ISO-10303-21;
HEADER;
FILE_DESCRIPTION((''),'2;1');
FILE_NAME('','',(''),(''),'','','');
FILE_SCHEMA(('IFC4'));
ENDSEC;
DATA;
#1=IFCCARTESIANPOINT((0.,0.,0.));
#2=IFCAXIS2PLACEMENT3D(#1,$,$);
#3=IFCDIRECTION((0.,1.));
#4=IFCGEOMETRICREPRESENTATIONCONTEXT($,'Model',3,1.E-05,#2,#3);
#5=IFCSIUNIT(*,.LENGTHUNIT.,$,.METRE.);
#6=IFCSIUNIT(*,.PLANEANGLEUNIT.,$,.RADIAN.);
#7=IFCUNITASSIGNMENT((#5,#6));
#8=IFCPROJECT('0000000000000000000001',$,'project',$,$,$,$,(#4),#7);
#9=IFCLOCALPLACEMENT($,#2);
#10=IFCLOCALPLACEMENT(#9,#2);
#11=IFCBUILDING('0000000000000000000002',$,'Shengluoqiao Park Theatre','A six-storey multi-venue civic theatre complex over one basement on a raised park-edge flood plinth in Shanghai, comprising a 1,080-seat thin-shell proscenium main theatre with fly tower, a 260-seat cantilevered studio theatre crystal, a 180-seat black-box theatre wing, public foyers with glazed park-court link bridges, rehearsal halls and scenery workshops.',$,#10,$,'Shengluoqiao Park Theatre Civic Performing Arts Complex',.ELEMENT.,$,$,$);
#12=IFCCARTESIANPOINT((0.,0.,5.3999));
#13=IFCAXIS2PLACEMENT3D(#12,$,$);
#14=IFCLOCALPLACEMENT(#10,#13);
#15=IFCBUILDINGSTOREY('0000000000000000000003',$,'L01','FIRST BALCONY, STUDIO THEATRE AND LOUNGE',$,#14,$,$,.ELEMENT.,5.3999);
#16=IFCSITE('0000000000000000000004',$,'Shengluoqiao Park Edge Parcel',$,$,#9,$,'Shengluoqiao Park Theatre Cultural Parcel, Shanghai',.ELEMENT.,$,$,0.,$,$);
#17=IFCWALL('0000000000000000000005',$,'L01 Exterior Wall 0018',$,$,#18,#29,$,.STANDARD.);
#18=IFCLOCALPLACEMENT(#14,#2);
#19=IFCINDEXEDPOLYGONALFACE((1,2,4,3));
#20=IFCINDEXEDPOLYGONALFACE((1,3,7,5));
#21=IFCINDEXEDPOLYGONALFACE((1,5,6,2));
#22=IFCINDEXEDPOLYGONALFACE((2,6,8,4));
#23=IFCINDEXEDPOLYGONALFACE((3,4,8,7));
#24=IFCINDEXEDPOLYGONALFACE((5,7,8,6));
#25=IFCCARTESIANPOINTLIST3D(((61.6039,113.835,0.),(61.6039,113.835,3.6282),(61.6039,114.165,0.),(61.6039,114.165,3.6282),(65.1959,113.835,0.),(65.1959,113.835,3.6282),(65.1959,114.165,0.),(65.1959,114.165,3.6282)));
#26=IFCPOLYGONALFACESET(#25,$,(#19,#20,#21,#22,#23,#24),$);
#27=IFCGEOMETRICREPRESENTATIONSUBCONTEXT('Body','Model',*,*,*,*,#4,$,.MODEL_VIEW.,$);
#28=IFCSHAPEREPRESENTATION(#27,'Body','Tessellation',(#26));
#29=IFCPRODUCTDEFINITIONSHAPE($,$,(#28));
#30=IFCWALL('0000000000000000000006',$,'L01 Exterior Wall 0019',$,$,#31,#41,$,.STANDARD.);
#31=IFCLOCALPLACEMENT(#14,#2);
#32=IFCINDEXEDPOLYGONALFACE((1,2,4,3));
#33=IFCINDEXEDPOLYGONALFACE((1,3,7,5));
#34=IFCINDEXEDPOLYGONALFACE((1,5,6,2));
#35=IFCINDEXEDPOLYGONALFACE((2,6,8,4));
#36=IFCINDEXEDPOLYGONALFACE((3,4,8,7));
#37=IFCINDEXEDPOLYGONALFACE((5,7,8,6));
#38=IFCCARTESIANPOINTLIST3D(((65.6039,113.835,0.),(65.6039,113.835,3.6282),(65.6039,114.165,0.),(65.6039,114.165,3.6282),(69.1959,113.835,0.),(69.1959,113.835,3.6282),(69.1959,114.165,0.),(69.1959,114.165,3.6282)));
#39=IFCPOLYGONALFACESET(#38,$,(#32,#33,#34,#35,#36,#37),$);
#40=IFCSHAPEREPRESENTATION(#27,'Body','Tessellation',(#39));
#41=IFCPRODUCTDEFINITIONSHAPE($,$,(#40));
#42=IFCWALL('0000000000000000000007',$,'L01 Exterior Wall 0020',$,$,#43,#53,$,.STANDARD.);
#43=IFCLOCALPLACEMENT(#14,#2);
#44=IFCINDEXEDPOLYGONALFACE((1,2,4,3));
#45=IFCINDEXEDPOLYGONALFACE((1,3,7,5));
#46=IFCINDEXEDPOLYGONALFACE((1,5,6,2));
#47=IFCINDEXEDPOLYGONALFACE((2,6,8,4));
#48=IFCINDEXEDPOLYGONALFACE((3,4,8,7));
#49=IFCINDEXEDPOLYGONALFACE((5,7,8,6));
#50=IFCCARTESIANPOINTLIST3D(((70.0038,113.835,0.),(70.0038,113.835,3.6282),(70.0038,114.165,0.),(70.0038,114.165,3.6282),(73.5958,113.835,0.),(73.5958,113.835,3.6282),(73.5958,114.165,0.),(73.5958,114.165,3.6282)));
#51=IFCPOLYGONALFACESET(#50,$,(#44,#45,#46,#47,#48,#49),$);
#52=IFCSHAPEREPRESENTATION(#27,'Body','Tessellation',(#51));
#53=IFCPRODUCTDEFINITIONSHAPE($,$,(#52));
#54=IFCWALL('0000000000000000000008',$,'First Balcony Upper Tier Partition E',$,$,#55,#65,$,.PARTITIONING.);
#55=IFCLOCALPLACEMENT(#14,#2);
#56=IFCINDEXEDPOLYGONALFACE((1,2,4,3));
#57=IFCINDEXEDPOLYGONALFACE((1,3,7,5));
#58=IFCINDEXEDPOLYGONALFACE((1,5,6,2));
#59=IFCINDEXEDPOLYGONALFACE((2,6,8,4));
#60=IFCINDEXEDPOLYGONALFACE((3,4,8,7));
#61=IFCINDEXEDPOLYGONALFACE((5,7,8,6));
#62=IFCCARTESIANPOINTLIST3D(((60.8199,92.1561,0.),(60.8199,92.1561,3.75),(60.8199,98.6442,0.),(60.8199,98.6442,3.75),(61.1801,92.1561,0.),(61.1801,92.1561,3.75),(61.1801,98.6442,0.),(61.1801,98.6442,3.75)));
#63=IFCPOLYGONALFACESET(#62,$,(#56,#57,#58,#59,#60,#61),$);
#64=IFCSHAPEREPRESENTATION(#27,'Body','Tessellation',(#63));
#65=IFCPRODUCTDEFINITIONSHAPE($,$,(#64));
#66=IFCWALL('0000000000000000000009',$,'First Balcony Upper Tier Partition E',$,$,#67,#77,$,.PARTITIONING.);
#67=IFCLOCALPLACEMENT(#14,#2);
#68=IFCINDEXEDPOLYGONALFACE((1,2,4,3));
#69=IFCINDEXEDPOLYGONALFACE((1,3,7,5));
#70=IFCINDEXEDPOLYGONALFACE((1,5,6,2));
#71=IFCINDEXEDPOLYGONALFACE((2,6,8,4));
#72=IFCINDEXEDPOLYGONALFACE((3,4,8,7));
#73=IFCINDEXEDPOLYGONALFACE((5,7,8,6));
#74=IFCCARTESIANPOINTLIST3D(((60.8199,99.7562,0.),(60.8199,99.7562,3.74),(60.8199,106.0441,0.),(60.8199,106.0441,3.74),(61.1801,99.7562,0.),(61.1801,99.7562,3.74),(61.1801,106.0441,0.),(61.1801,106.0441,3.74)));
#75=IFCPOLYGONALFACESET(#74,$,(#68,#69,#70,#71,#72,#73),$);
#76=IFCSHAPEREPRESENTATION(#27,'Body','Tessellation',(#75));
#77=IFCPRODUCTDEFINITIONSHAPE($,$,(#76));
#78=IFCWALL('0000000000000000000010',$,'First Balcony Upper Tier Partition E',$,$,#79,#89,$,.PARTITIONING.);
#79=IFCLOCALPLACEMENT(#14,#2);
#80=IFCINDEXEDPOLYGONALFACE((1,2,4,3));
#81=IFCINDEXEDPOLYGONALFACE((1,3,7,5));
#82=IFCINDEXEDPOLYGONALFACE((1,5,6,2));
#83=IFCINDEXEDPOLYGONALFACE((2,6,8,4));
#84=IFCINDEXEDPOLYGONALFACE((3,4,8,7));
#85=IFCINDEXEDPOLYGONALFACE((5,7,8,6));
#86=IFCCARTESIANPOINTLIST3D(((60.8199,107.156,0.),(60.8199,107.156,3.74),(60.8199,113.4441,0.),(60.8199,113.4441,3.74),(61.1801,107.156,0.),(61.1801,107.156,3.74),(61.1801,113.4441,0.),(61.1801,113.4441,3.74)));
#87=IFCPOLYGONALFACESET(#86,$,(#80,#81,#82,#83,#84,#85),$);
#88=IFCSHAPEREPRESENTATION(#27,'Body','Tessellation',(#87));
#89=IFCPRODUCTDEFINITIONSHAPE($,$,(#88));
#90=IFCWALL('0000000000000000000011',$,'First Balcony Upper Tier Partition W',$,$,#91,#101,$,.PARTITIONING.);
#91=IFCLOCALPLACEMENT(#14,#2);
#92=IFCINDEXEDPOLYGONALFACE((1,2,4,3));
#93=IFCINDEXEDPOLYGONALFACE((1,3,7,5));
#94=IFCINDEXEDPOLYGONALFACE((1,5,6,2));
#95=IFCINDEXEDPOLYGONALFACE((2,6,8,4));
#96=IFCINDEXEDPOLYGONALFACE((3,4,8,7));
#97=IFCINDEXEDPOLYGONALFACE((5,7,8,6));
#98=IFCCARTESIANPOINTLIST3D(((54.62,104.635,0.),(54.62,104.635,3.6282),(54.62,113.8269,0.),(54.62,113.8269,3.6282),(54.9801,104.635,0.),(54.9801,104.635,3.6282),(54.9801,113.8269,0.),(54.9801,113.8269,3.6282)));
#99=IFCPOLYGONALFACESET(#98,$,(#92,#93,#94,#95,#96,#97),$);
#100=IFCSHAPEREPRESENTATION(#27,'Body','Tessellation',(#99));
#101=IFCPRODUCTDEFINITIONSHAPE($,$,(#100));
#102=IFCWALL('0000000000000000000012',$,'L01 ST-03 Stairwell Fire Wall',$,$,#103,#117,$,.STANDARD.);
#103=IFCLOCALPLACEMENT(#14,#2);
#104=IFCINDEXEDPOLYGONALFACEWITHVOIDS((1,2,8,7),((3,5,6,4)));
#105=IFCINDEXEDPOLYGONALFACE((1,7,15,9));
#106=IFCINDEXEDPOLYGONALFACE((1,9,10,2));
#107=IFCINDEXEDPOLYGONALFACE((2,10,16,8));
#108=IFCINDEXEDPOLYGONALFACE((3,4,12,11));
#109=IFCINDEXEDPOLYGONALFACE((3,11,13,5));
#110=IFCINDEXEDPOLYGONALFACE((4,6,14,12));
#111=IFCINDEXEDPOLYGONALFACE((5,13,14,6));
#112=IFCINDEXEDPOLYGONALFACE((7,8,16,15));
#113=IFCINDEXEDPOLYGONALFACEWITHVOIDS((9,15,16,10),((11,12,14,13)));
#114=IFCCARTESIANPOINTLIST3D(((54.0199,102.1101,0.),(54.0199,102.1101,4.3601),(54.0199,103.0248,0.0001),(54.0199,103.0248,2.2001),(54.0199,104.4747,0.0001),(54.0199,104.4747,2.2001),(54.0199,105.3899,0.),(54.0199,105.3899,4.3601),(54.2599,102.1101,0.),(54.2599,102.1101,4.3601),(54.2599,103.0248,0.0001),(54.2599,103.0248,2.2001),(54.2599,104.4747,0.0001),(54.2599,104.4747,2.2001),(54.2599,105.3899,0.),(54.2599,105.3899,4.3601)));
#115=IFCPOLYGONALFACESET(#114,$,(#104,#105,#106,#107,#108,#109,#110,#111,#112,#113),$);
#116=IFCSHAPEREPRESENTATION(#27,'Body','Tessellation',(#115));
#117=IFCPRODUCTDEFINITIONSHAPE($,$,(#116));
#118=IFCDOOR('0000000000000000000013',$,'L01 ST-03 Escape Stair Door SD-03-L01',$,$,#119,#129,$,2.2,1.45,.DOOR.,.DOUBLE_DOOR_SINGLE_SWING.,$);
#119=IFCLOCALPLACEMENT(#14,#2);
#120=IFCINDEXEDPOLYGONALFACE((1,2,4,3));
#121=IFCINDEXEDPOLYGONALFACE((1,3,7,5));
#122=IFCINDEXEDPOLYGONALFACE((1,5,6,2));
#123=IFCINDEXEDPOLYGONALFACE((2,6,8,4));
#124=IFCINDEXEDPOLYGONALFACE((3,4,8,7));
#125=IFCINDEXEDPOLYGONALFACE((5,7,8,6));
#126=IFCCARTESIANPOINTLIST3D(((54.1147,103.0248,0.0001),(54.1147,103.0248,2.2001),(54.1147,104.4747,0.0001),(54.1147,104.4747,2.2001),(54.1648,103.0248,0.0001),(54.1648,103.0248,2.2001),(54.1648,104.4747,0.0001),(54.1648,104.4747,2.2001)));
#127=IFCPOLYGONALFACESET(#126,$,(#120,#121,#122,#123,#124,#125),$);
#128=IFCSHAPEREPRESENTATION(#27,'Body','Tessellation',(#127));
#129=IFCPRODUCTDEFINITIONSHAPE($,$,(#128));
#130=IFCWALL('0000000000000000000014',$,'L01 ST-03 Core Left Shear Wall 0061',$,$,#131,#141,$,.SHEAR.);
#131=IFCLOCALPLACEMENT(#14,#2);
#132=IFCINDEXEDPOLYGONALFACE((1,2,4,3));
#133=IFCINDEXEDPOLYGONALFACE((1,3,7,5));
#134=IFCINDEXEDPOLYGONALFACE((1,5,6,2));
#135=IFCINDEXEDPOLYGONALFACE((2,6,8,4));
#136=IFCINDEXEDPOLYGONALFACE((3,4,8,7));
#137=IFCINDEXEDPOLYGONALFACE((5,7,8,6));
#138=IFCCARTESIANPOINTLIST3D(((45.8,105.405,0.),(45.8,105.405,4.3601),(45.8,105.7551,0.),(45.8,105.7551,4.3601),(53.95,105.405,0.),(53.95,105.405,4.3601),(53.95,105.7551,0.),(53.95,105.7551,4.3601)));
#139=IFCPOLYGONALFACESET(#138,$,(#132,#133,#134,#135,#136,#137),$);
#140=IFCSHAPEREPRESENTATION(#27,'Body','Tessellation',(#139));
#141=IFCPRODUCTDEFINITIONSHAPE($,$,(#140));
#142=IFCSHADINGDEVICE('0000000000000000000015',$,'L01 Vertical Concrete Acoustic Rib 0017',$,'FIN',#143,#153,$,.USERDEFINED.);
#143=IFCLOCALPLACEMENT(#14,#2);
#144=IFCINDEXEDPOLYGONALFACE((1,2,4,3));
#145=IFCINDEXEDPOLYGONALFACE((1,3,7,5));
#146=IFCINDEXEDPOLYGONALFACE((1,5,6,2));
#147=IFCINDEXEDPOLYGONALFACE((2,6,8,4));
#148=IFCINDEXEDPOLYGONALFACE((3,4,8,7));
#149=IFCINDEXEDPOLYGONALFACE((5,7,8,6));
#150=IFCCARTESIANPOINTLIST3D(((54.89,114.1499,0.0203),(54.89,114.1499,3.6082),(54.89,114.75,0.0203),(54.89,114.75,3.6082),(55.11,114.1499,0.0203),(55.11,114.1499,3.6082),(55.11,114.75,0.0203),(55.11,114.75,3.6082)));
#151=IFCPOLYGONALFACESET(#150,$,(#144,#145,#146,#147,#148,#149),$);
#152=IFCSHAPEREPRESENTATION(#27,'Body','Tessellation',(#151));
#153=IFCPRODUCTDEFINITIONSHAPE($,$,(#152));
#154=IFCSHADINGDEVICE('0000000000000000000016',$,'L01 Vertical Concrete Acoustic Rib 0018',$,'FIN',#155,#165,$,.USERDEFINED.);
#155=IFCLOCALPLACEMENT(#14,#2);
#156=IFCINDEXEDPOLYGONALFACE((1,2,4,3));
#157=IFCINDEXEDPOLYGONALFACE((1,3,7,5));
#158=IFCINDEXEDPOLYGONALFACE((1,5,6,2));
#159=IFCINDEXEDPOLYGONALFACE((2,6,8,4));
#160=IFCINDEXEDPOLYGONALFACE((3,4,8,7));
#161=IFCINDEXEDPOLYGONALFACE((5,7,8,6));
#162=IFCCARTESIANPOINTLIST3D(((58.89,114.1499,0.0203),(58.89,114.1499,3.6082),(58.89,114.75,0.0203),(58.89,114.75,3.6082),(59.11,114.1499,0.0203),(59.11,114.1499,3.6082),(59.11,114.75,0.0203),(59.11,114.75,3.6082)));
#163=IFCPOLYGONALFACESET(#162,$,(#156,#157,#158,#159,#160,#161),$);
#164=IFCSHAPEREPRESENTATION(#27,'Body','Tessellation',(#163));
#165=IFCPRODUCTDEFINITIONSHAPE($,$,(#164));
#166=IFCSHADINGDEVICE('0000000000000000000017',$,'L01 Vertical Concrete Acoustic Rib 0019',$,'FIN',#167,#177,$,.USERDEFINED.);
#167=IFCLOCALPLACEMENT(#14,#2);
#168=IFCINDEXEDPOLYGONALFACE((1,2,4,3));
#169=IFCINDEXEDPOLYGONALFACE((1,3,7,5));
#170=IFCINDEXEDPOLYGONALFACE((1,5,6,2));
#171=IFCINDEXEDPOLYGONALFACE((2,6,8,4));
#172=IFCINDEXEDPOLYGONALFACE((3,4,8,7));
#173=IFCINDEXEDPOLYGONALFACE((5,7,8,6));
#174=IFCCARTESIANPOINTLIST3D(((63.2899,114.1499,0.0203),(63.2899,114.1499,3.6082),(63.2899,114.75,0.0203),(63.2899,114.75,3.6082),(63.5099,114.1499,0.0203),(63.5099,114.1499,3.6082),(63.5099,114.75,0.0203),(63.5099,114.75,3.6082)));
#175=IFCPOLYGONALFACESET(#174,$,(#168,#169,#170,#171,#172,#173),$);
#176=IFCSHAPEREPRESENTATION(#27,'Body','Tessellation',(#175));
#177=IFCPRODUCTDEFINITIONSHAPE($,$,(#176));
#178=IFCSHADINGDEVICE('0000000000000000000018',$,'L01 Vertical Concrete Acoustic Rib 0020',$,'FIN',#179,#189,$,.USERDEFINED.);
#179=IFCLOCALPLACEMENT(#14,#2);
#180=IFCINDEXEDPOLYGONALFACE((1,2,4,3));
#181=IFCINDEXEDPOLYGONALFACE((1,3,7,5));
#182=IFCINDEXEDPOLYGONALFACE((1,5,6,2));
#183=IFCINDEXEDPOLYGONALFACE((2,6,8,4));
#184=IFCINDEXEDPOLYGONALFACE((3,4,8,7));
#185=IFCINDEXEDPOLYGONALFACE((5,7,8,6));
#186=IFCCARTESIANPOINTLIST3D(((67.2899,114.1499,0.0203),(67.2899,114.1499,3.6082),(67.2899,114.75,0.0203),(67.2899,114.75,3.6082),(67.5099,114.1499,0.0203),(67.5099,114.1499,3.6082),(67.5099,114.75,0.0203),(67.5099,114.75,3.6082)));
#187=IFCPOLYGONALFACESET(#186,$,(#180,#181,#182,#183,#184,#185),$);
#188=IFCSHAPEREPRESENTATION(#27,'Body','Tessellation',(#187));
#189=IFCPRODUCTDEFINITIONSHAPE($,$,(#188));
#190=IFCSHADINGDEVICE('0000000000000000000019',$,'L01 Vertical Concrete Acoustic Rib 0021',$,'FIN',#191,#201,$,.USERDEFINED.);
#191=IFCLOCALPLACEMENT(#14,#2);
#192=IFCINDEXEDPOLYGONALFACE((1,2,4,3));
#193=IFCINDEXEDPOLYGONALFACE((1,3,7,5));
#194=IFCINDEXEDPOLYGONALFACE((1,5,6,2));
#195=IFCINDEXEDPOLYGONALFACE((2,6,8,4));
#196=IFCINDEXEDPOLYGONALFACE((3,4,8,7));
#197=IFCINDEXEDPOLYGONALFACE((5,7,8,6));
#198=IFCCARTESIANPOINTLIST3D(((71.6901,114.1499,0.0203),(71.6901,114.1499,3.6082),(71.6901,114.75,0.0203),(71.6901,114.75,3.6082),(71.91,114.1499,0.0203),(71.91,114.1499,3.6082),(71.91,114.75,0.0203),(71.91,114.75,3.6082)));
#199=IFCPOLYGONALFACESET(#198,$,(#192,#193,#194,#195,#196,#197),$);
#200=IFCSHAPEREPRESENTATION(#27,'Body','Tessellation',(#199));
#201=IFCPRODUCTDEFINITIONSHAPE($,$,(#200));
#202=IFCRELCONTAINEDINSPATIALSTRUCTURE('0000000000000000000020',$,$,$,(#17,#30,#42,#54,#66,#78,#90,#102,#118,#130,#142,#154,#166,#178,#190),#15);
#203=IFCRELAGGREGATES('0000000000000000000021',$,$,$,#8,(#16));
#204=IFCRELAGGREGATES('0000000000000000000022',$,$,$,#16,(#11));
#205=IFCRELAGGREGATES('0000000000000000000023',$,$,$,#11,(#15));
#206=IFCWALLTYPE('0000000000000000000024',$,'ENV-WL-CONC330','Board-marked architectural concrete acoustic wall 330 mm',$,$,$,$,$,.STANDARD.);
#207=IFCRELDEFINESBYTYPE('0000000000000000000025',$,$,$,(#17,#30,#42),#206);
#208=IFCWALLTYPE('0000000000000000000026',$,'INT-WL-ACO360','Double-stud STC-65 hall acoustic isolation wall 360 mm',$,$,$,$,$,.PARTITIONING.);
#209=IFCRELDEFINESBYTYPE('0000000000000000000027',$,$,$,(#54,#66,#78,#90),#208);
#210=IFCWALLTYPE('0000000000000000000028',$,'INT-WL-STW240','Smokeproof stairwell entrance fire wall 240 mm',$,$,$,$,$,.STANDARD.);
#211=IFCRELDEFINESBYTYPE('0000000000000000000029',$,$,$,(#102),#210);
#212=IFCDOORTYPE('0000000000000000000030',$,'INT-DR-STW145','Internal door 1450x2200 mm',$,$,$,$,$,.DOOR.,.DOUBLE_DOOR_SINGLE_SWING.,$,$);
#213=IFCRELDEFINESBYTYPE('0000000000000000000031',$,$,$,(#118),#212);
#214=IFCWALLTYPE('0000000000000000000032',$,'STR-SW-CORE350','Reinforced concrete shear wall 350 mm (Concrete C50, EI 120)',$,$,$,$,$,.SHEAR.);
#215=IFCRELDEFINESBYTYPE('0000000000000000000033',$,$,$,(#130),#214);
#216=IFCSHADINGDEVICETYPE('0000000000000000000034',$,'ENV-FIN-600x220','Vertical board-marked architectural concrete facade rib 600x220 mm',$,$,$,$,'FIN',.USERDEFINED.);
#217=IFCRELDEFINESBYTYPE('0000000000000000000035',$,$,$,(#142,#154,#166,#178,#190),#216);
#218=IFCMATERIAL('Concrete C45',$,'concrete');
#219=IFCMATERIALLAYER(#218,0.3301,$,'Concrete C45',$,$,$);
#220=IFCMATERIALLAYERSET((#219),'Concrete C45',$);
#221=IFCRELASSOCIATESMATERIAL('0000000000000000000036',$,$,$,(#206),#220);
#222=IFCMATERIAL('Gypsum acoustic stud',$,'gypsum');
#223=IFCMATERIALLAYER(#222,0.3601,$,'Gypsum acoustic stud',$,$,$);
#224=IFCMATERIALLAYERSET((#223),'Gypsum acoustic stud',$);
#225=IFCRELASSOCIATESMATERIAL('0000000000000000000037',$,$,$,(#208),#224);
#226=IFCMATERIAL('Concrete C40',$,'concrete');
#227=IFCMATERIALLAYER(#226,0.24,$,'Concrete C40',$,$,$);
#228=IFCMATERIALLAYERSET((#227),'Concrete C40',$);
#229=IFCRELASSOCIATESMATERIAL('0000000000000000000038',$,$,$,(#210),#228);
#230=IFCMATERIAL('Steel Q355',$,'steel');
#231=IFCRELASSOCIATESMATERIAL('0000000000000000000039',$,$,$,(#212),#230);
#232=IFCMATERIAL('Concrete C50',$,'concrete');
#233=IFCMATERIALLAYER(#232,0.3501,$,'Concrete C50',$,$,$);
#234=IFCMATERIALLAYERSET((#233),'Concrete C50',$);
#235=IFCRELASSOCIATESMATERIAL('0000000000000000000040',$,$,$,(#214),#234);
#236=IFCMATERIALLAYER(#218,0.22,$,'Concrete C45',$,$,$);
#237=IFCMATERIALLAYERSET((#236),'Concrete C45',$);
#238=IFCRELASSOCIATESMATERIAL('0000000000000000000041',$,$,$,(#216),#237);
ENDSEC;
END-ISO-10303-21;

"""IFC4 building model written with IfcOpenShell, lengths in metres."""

from ifc_helpers import new_model, si_unit, direction, frame, frame_2d, origin, origin_2d, place, context, subcontext, project, spatial, rectangle, extrude, material, layer, layer_set, type_object, element, fill, save


model = new_model("IFC4")

# Units and contexts
model_context = context("Model", 3, precision=1e-05, world=origin(), true_north=direction((0.0, 1.0)))
body_context = subcontext(model_context, "Body", "Model", "MODEL_VIEW")
ifc_project = project(units=[si_unit("LENGTHUNIT", "METRE"), si_unit("PLANEANGLEUNIT", "RADIAN")], contexts=[model_context])

# Site, building, storey
site_placement = place(None, origin())
site = spatial("IfcSite", under=ifc_project, at=site_placement, Name="Shengluoqiao Park Edge Parcel", LongName="Shengluoqiao Park Theatre Cultural Parcel, Shanghai", CompositionType="ELEMENT", RefElevation=0.0)
building_placement = place(site_placement, origin())
building = spatial("IfcBuilding", under=site, at=building_placement, Name="Shengluoqiao Park Theatre", Description="A six-storey multi-venue civic theatre complex over one basement on a raised park-edge flood plinth in Shanghai, comprising a 1,080-seat thin-shell proscenium main theatre with fly tower, a 260-seat cantilevered studio theatre crystal, a 180-seat black-box theatre wing, public foyers with glazed park-court link bridges, rehearsal halls and scenery workshops.", LongName="Shengluoqiao Park Theatre Civic Performing Arts Complex", CompositionType="ELEMENT")
storey_placement = place(building_placement, frame((0.0, 0.0, 5.3999)))
storey = spatial("IfcBuildingStorey", under=building, at=storey_placement, Name="L01", Description="FIRST BALCONY, STUDIO THEATRE AND LOUNGE", CompositionType="ELEMENT", Elevation=5.3999)

# Shared definitions
ifc_material_1 = material(Name="Concrete C50", Category="concrete")

# Shared definitions
ifc_material_2 = material(Name="Steel Q355", Category="steel")

# Walls
ifc_material_3 = material(Name="Concrete C45", Category="concrete")
ifc_layer_1 = layer(ifc_material_3, 0.3301, Name="Concrete C45")
ifc_layer_set_1 = layer_set([ifc_layer_1], Name="Concrete C45")
wall_type_1 = type_object("IfcWallType", Name="ENV-WL-CONC330", Description="Board-marked architectural concrete acoustic wall 330 mm", PredefinedType="STANDARD", material=ifc_layer_set_1)
for number, where, z_axis, x_axis, name in (
    (1, (61.604, 114.0, 0.0), (0.0, 0.0, 1.0), (1.0, 0.0, 0.0), "L01 Exterior Wall 0018"),
    (2, (65.604, 114.0, 0.0), (0.0, 0.0, 1.0), (1.0, 0.0, 0.0), "L01 Exterior Wall 0019"),
    (3, (70.0039, 114.0, 0.0), (0.0, 0.0, 1.0), (1.0, 0.0, 0.0), "L01 Exterior Wall 0020"),
):
    element("IfcWall", number, at=place(storey_placement, frame(where, z_axis=z_axis, x_axis=x_axis)), inside=storey, type_object=wall_type_1, Name=name, PredefinedType="STANDARD", context=body_context, shape_type="SweptSolid", body=[
        extrude(rectangle(XDim=3.592, YDim=0.3301, at=frame_2d((1.7959, 0.0))), origin(), (0.0, 0.0, 1.0), 3.6282),
    ])
ifc_material_4 = material(Name="Gypsum acoustic stud", Category="gypsum")
ifc_layer_2 = layer(ifc_material_4, 0.3601, Name="Gypsum acoustic stud")
ifc_layer_set_2 = layer_set([ifc_layer_2], Name="Gypsum acoustic stud")
wall_type_2 = type_object("IfcWallType", Name="INT-WL-ACO360", Description="Double-stud STC-65 hall acoustic isolation wall 360 mm", PredefinedType="PARTITIONING", material=ifc_layer_set_2)
wall_1_placement = place(storey_placement, frame((61.0, 92.156, 0.0), z_axis=(0.0, 0.0, 1.0), x_axis=(0.0, 1.0, 0.0)))
element("IfcWall", 4, at=wall_1_placement, inside=storey, type_object=wall_type_2, Name="First Balcony Upper Tier Partition E", PredefinedType="PARTITIONING", context=body_context, shape_type="SweptSolid", body=[
    extrude(rectangle(XDim=6.488, YDim=0.3601, at=frame_2d((3.2441, 0.0))), origin(), (0.0, 0.0, 1.0), 3.75),
])
wall_2_placement = place(storey_placement, frame((61.0, 99.7561, 0.0), z_axis=(0.0, 0.0, 1.0), x_axis=(0.0, 1.0, 0.0)))
element("IfcWall", 5, at=wall_2_placement, inside=storey, type_object=wall_type_2, Name="First Balcony Upper Tier Partition E", PredefinedType="PARTITIONING", context=body_context, shape_type="SweptSolid", body=[
    extrude(rectangle(XDim=6.2878, YDim=0.3601, at=frame_2d((3.144, 0.0))), origin(), (0.0, 0.0, 1.0), 3.74),
])
wall_3_placement = place(storey_placement, frame((61.0, 107.156, 0.0), z_axis=(0.0, 0.0, 1.0), x_axis=(0.0, 1.0, 0.0)))
element("IfcWall", 6, at=wall_3_placement, inside=storey, type_object=wall_type_2, Name="First Balcony Upper Tier Partition E", PredefinedType="PARTITIONING", context=body_context, shape_type="SweptSolid", body=[
    extrude(rectangle(XDim=6.2881, YDim=0.3601, at=frame_2d((3.144, 0.0))), origin(), (0.0, 0.0, 1.0), 3.74),
])
wall_4_placement = place(storey_placement, frame((54.8, 104.635, 0.0), z_axis=(0.0, 0.0, 1.0), x_axis=(0.0, 1.0, 0.0)))
element("IfcWall", 7, at=wall_4_placement, inside=storey, type_object=wall_type_2, Name="First Balcony Upper Tier Partition W", PredefinedType="PARTITIONING", context=body_context, shape_type="SweptSolid", body=[
    extrude(rectangle(XDim=9.1919, YDim=0.3601, at=frame_2d((4.5959, 0.0))), origin(), (0.0, 0.0, 1.0), 3.6282),
])

# Wall, opening, door
ifc_material_5 = material(Name="Concrete C40", Category="concrete")
ifc_layer_3 = layer(ifc_material_5, 0.24, Name="Concrete C40")
ifc_layer_set_3 = layer_set([ifc_layer_3], Name="Concrete C40")
wall_type_3 = type_object("IfcWallType", Name="INT-WL-STW240", Description="Smokeproof stairwell entrance fire wall 240 mm", PredefinedType="STANDARD", material=ifc_layer_set_3)
wall_5_placement = place(storey_placement, frame((54.1399, 105.3899, 0.0), z_axis=(0.0, 0.0, 1.0), x_axis=(0.0, -1.0, 0.0)))
wall_5 = element("IfcWall", 8, at=wall_5_placement, inside=storey, type_object=wall_type_3, Name="L01 ST-03 Stairwell Fire Wall", PredefinedType="STANDARD", context=body_context, shape_type="SweptSolid", body=[
    extrude(rectangle(XDim=3.2798, YDim=0.24, at=frame_2d((1.6399, 0.0))), origin(), (0.0, 0.0, 1.0), 4.3601),
])
opening_placement = place(wall_5_placement, frame((0.915, 0.0, 0.0)))
opening = element("IfcOpeningElement", 9, at=opening_placement, cuts=wall_5, PredefinedType="OPENING", context=body_context, shape_type="SweptSolid", body=[
    extrude(rectangle(XDim=1.45, YDim=2.2, at=frame_2d((0.7251, 1.1001))), frame((0.0, 0.1299, 0.0), z_axis=(0.0, -1.0, 0.0), x_axis=(1.0, 0.0, 0.0)), (0.0, 0.0, 1.0), 0.26),
])
door_type = type_object("IfcDoorType", Name="INT-DR-STW145", Description="Internal door 1450x2200 mm", OperationType="DOUBLE_DOOR_SINGLE_SWING", PredefinedType="DOOR", material=ifc_material_2)
door_placement = place(opening_placement, origin())
door = element("IfcDoor", 10, at=door_placement, inside=storey, type_object=door_type, Name="L01 ST-03 Escape Stair Door SD-03-L01", OperationType="DOUBLE_DOOR_SINGLE_SWING", OverallHeight=2.2, OverallWidth=1.45, PredefinedType="DOOR", context=body_context, shape_type="SweptSolid", body=[
    extrude(rectangle(XDim=1.45, YDim=2.2, at=frame_2d((0.7251, 1.1001))), frame((0.0, 0.0249, 0.0), z_axis=(0.0, -1.0, 0.0), x_axis=(1.0, 0.0, 0.0)), (0.0, 0.0, 1.0), 0.05),
])
fill(opening, door)

# Wall
ifc_layer_4 = layer(ifc_material_1, 0.3501, Name="Concrete C50")
ifc_layer_set_4 = layer_set([ifc_layer_4], Name="Concrete C50")
wall_type_4 = type_object("IfcWallType", Name="STR-SW-CORE350", Description="Reinforced concrete shear wall 350 mm (Concrete C50, EI 120)", PredefinedType="SHEAR", material=ifc_layer_set_4)
wall_6_placement = place(storey_placement, frame((53.95, 105.5801, 0.0), z_axis=(0.0, 0.0, 1.0), x_axis=(-1.0, 0.0, 0.0)))
element("IfcWall", 11, at=wall_6_placement, inside=storey, type_object=wall_type_4, Name="L01 ST-03 Core Left Shear Wall 0061", PredefinedType="SHEAR", context=body_context, shape_type="SweptSolid", body=[
    extrude(rectangle(XDim=8.1499, YDim=0.3501, at=frame_2d((4.075, 0.0))), origin(), (0.0, 0.0, 1.0), 4.3601),
])

# Shading devices
ifc_layer_5 = layer(ifc_material_3, 0.22, Name="Concrete C45")
ifc_layer_set_5 = layer_set([ifc_layer_5], Name="Concrete C45")
shading_device_type = type_object("IfcShadingDeviceType", Name="ENV-FIN-600x220", Description="Vertical board-marked architectural concrete facade rib 600x220 mm", ElementType="FIN", PredefinedType="USERDEFINED", material=ifc_layer_set_5)
for number, where, z_axis, x_axis, name in (
    (12, (55.0, 114.45, 0.0203), (0.0, 0.0, 1.0), (0.0, 1.0, 0.0), "L01 Vertical Concrete Acoustic Rib 0017"),
    (13, (59.0, 114.45, 0.0203), (0.0, 0.0, 1.0), (0.0, 1.0, 0.0), "L01 Vertical Concrete Acoustic Rib 0018"),
    (14, (63.3999, 114.45, 0.0203), (0.0, 0.0, 1.0), (0.0, 1.0, 0.0), "L01 Vertical Concrete Acoustic Rib 0019"),
    (15, (67.3999, 114.45, 0.0203), (0.0, 0.0, 1.0), (0.0, 1.0, 0.0), "L01 Vertical Concrete Acoustic Rib 0020"),
    (16, (71.8, 114.45, 0.0203), (0.0, 0.0, 1.0), (0.0, 1.0, 0.0), "L01 Vertical Concrete Acoustic Rib 0021"),
):
    element("IfcShadingDevice", number, at=place(storey_placement, frame(where, z_axis=z_axis, x_axis=x_axis)), inside=storey, type_object=shading_device_type, Name=name, ObjectType="FIN", PredefinedType="USERDEFINED", context=body_context, shape_type="SweptSolid", body=[
        extrude(rectangle(XDim=0.6001, YDim=0.22, at=origin_2d()), origin(), (0.0, 0.0, 1.0), 3.5879),
    ])

save(model, "model.ifc")
